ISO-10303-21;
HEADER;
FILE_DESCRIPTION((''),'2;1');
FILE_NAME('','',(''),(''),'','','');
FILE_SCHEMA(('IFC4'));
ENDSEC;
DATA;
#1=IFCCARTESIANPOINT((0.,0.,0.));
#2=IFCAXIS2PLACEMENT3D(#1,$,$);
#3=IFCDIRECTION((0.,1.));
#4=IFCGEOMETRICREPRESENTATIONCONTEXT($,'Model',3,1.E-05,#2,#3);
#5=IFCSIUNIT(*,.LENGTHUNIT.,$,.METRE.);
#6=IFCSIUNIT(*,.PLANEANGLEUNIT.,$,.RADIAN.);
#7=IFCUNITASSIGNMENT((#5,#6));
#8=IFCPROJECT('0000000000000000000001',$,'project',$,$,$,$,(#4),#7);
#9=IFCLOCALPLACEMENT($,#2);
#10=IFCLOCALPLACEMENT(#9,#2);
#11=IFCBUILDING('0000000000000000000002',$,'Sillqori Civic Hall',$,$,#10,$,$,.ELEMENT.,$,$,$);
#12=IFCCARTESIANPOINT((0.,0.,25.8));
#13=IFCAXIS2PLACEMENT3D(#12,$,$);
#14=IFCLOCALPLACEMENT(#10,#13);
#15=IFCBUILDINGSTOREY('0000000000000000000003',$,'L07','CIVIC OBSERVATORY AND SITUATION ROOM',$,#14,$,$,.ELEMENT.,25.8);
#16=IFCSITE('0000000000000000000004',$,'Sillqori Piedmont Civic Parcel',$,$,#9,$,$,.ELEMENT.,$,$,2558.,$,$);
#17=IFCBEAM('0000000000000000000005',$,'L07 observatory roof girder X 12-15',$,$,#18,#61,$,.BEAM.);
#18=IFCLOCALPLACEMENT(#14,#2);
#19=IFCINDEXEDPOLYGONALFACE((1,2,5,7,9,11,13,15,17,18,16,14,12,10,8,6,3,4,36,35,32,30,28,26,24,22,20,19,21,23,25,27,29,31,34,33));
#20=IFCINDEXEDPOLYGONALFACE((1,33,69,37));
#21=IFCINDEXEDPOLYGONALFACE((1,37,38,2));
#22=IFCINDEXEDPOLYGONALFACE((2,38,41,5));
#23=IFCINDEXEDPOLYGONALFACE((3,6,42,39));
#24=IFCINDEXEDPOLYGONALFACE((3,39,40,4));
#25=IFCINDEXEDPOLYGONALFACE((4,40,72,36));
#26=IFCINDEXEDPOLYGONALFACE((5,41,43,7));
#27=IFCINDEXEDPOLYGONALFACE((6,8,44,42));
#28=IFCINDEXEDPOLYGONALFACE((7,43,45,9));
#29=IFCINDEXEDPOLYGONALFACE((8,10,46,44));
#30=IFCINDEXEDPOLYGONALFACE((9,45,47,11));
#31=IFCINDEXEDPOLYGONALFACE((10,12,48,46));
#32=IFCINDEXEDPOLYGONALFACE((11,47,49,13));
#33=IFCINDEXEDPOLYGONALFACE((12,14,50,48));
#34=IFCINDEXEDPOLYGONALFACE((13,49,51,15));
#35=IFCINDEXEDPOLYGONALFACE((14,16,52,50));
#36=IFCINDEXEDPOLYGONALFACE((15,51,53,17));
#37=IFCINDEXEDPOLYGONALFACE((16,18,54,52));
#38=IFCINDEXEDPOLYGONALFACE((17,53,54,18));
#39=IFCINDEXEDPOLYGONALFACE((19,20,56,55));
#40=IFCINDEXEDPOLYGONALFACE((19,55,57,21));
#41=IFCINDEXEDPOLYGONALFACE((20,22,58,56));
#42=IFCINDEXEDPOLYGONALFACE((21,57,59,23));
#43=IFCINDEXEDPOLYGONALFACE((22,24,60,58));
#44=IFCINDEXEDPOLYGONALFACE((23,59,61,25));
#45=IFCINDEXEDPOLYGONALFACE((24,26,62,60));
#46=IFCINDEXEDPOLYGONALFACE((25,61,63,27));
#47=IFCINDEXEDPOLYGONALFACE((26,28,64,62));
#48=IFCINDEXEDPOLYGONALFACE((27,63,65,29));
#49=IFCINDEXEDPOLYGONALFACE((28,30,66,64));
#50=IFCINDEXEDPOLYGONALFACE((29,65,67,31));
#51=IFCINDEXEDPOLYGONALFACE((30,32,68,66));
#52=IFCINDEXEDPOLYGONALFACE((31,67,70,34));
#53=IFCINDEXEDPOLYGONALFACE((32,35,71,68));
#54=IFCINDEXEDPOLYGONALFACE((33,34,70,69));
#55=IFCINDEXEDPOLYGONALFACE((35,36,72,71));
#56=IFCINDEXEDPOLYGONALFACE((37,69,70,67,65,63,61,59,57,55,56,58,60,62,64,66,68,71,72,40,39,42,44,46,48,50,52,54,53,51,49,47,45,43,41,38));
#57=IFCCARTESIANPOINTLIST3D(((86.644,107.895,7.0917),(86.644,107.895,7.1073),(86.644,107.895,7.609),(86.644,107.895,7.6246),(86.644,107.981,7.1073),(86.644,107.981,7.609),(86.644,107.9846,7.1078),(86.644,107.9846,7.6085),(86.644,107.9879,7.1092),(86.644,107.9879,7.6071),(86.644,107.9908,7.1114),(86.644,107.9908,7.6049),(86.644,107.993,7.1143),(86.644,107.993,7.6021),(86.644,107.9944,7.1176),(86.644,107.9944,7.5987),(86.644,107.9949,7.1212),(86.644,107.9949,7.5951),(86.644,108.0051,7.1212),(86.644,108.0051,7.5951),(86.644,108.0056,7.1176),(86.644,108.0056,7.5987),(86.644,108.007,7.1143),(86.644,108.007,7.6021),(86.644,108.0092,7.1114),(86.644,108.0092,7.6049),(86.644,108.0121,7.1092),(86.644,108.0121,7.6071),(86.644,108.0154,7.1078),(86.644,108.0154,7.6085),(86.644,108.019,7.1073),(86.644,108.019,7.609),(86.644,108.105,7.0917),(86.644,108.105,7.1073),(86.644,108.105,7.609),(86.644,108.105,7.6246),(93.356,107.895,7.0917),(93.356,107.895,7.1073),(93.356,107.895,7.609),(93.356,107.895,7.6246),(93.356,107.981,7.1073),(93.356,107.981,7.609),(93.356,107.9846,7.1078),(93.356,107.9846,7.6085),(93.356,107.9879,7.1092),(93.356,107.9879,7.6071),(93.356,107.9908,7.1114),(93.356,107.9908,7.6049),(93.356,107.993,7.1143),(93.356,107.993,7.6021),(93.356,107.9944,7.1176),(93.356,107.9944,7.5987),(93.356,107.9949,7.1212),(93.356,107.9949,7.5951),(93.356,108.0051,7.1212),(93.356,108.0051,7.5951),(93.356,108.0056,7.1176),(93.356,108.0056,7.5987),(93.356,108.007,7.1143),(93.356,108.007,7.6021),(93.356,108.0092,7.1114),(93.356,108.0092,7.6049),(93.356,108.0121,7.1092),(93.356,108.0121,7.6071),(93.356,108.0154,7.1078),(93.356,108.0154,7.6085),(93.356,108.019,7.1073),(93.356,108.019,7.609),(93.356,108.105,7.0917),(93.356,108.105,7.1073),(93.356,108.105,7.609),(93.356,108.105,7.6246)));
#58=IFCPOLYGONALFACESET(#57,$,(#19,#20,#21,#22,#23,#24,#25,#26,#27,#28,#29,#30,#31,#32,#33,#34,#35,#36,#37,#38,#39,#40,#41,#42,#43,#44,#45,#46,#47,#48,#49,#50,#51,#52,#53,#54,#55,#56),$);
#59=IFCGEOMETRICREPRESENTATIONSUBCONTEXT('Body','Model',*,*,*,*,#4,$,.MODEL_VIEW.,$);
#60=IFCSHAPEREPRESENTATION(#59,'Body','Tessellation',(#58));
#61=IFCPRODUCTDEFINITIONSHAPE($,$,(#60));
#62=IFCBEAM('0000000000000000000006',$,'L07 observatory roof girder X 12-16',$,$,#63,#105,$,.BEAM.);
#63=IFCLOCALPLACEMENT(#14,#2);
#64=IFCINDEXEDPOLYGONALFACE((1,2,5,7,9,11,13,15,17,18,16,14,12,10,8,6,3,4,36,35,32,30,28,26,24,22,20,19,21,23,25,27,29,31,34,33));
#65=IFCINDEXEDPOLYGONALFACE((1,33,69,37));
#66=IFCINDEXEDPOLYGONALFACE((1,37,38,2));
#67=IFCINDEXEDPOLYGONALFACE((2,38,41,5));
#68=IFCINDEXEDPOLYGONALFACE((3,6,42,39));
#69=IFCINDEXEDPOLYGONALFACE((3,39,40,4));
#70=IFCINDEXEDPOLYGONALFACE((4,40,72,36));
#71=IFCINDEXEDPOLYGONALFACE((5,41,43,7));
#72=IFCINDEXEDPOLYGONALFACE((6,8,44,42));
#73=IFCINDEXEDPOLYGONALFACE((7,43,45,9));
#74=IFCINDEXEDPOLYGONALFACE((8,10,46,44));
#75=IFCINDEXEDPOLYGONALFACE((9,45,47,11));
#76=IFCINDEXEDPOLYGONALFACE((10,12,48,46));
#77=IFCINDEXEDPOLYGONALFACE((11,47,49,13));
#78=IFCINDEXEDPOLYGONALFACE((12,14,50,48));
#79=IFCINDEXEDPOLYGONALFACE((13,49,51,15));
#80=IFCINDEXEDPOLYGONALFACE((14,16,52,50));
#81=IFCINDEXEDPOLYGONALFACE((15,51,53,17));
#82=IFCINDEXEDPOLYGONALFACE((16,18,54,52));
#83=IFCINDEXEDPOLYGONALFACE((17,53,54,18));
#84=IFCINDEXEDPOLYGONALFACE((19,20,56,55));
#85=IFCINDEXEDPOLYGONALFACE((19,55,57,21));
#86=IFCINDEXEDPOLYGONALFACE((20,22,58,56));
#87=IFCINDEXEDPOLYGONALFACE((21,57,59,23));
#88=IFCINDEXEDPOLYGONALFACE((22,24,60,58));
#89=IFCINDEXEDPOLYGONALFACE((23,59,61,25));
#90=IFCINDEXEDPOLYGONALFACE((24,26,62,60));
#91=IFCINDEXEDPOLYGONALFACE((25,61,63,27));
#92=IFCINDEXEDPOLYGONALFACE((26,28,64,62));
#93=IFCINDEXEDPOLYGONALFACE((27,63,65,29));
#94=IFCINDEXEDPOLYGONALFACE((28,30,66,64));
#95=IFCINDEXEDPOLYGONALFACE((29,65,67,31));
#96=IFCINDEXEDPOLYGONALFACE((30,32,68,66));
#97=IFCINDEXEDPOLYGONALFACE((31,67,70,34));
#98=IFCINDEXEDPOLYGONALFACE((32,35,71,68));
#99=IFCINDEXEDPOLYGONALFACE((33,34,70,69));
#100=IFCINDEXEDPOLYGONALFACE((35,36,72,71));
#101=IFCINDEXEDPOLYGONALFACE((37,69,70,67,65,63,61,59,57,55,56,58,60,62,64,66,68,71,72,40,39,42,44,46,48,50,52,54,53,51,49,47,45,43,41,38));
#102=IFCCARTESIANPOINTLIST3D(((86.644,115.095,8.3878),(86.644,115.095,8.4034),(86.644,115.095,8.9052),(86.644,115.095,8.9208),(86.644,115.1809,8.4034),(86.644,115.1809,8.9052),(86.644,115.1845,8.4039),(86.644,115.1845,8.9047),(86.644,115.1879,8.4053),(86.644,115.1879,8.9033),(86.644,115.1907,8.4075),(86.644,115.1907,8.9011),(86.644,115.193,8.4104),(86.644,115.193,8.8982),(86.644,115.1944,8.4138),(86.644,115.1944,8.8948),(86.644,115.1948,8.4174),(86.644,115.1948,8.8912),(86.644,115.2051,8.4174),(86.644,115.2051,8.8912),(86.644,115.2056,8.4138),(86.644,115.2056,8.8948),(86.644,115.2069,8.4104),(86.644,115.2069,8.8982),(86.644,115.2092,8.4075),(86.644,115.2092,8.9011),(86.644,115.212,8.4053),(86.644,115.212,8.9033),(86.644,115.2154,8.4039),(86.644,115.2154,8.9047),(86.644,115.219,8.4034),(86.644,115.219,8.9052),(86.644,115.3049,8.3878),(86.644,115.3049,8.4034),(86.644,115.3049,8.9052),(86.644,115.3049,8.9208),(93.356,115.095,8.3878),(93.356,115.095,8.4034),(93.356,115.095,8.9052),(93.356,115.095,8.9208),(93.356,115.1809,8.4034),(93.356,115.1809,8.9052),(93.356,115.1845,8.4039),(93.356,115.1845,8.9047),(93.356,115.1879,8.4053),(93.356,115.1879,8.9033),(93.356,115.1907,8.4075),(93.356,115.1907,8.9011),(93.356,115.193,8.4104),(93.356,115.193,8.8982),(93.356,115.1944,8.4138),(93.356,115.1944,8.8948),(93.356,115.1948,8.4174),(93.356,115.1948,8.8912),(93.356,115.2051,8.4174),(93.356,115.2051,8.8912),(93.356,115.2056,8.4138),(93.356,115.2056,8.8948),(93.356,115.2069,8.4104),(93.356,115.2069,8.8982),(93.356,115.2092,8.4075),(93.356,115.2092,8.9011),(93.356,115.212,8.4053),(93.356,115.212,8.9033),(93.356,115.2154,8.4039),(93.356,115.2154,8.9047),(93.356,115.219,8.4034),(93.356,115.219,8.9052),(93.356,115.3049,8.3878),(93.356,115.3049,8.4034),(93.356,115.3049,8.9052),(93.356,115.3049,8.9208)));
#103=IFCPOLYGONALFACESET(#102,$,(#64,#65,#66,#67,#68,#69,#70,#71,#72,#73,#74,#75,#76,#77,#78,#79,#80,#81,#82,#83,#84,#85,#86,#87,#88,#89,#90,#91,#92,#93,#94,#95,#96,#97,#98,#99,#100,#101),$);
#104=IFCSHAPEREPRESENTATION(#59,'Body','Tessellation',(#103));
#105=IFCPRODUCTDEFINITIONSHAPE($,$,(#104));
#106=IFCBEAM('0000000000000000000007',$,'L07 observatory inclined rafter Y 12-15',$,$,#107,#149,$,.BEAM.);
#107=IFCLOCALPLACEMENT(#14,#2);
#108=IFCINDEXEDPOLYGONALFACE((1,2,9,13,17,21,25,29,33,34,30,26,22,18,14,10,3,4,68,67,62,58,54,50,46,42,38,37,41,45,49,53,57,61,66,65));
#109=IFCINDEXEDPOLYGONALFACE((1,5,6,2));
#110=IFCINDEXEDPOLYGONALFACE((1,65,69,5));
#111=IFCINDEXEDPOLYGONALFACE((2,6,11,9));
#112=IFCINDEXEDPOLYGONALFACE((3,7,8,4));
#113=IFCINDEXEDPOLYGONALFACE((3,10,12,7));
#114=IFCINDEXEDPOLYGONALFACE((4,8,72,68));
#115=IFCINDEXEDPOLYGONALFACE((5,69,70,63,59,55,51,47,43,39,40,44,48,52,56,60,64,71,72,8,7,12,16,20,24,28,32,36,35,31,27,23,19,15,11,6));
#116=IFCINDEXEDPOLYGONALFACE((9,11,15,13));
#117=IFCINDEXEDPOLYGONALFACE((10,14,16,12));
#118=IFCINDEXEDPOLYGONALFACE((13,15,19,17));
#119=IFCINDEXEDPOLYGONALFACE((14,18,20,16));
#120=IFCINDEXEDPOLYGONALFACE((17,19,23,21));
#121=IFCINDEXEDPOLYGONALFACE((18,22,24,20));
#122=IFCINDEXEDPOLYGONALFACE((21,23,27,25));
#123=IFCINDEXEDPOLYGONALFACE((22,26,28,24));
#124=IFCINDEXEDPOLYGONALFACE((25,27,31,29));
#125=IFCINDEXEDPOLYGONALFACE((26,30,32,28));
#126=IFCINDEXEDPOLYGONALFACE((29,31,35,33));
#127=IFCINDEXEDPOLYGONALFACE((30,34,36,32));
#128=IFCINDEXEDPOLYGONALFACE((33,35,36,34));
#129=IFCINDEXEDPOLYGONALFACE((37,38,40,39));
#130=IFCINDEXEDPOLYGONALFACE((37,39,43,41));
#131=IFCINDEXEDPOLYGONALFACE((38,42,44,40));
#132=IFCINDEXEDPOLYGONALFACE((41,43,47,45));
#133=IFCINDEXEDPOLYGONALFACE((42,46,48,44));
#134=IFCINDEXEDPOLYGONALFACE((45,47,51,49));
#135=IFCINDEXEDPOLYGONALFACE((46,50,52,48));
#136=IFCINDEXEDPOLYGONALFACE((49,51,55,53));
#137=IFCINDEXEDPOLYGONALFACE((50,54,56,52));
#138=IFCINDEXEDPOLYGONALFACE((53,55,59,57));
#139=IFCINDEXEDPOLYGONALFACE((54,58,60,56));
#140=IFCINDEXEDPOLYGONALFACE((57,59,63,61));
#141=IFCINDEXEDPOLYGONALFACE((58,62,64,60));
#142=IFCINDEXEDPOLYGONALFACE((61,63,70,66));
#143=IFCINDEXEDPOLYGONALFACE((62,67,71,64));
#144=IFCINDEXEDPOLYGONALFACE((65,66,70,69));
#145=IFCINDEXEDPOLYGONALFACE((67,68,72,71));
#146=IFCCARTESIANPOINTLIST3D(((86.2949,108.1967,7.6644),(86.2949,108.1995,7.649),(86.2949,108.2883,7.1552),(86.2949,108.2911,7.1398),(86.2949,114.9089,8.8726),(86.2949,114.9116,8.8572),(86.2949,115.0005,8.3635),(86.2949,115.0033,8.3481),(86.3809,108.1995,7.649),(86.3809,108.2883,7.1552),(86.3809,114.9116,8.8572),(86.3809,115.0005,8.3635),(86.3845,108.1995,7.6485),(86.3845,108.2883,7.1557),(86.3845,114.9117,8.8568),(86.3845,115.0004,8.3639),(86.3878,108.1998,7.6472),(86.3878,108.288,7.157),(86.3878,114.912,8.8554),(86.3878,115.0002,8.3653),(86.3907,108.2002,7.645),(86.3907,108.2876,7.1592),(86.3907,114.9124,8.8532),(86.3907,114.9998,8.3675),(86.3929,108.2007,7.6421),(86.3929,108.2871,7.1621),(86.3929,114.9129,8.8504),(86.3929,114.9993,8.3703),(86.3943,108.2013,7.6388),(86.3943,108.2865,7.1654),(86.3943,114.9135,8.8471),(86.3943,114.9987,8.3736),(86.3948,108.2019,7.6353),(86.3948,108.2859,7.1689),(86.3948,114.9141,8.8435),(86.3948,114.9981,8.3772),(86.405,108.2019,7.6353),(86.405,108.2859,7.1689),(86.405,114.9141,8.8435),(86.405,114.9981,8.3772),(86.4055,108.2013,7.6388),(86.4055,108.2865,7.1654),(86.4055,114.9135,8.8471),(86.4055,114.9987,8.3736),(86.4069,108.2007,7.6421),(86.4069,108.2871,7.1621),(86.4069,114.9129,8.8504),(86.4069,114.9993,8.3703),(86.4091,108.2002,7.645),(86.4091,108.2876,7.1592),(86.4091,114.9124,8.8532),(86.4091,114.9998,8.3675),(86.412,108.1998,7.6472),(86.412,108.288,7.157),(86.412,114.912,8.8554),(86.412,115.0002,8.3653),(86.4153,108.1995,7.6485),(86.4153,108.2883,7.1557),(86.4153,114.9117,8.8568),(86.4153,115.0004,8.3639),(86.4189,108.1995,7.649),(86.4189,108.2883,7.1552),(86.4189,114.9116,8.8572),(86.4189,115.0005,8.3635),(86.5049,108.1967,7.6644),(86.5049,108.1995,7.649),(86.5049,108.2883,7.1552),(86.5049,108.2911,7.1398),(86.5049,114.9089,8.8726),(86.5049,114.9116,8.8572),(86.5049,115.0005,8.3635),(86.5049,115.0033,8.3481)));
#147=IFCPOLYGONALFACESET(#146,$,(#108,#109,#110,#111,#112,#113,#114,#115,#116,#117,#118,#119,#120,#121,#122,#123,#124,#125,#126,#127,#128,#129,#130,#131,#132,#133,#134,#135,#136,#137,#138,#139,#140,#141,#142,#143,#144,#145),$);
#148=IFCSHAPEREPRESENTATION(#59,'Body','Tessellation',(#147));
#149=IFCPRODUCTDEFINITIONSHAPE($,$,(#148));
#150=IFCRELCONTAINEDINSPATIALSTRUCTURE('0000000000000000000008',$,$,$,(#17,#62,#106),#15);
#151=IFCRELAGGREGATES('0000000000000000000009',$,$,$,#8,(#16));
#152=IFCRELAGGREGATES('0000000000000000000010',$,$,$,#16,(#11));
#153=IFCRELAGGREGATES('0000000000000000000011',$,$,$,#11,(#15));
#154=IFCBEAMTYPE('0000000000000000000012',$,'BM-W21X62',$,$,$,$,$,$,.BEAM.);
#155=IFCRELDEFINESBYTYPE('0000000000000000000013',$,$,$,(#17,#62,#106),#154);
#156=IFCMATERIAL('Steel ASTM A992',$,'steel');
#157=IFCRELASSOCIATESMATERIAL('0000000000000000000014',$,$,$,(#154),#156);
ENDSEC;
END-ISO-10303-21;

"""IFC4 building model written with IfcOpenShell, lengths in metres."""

from ifc_helpers import new_model, si_unit, direction, frame, origin, origin_2d, place, context, subcontext, project, spatial, i_section, extrude, material, material_profile, profile_set, type_object, element, save


model = new_model("IFC4")

# Units and contexts
model_context = context("Model", 3, precision=1e-05, world=origin(), true_north=direction((0.0, 1.0)))
body_context = subcontext(model_context, "Body", "Model", "MODEL_VIEW")
ifc_project = project(units=[si_unit("LENGTHUNIT", "METRE"), si_unit("PLANEANGLEUNIT", "RADIAN")], contexts=[model_context])

# Site, building, storey
site_placement = place(None, origin())
site = spatial("IfcSite", under=ifc_project, at=site_placement, Name="Sillqori Piedmont Civic Parcel", CompositionType="ELEMENT", RefElevation=2558.0)
building_placement = place(site_placement, origin())
building = spatial("IfcBuilding", under=site, at=building_placement, Name="Sillqori Civic Hall", CompositionType="ELEMENT")
storey_placement = place(building_placement, frame((0.0, 0.0, 25.8)))
storey = spatial("IfcBuildingStorey", under=building, at=storey_placement, Name="L07", Description="CIVIC OBSERVATORY AND SITUATION ROOM", CompositionType="ELEMENT", Elevation=25.8)

# Beams
ifc_material_1 = material(Name="Steel ASTM A992", Category="steel")
ifc_material_profile_1 = material_profile(ifc_material_1, i_section(OverallWidth=0.21, OverallDepth=0.533, WebThickness=0.0103, FlangeThickness=0.0156, FilletRadius=0.0139, at=origin_2d()), Name="W21X62")
ifc_profile_set_1 = profile_set([ifc_material_profile_1], Name="Steel ASTM A992")
beam_type = type_object("IfcBeamType", Name="BM-W21X62", PredefinedType="BEAM", material=ifc_profile_set_1)
for number, where, z_axis, x_axis, name in (
    (1, (86.644, 108.0, 7.3582), (1.0, 0.0, 0.0), (0.0, 1.0, 0.0), "L07 observatory roof girder X 12-15"),
    (2, (86.644, 115.2, 8.6543), (1.0, 0.0, 0.0), (0.0, 1.0, 0.0), "L07 observatory roof girder X 12-16"),
):
    element("IfcBeam", number, at=place(storey_placement, frame(where, z_axis=z_axis, x_axis=x_axis)), inside=storey, type_object=beam_type, Name=name, PredefinedType="BEAM", context=body_context, shape_type="SweptSolid", body=[
        extrude(i_section(OverallWidth=0.21, OverallDepth=0.533, WebThickness=0.0103, FlangeThickness=0.0156, FilletRadius=0.0139, at=origin_2d()), origin(), (0.0, 0.0, 1.0), 6.7119),
    ])
beam_placement = place(storey_placement, frame((86.3999, 108.2439, 7.4021), z_axis=(0.0, 0.984182, 0.177162), x_axis=(-1.0, 0.0, 0.0)))
element("IfcBeam", 3, at=beam_placement, inside=storey, type_object=beam_type, Name="L07 observatory inclined rafter Y 12-15", PredefinedType="BEAM", context=body_context, shape_type="SweptSolid", body=[
    extrude(i_section(OverallWidth=0.21, OverallDepth=0.533, WebThickness=0.0103, FlangeThickness=0.0156, FilletRadius=0.0139, at=origin_2d()), origin(), (0.0, 0.0, 1.0), 6.8201),
])

save(model, "model.ifc")
